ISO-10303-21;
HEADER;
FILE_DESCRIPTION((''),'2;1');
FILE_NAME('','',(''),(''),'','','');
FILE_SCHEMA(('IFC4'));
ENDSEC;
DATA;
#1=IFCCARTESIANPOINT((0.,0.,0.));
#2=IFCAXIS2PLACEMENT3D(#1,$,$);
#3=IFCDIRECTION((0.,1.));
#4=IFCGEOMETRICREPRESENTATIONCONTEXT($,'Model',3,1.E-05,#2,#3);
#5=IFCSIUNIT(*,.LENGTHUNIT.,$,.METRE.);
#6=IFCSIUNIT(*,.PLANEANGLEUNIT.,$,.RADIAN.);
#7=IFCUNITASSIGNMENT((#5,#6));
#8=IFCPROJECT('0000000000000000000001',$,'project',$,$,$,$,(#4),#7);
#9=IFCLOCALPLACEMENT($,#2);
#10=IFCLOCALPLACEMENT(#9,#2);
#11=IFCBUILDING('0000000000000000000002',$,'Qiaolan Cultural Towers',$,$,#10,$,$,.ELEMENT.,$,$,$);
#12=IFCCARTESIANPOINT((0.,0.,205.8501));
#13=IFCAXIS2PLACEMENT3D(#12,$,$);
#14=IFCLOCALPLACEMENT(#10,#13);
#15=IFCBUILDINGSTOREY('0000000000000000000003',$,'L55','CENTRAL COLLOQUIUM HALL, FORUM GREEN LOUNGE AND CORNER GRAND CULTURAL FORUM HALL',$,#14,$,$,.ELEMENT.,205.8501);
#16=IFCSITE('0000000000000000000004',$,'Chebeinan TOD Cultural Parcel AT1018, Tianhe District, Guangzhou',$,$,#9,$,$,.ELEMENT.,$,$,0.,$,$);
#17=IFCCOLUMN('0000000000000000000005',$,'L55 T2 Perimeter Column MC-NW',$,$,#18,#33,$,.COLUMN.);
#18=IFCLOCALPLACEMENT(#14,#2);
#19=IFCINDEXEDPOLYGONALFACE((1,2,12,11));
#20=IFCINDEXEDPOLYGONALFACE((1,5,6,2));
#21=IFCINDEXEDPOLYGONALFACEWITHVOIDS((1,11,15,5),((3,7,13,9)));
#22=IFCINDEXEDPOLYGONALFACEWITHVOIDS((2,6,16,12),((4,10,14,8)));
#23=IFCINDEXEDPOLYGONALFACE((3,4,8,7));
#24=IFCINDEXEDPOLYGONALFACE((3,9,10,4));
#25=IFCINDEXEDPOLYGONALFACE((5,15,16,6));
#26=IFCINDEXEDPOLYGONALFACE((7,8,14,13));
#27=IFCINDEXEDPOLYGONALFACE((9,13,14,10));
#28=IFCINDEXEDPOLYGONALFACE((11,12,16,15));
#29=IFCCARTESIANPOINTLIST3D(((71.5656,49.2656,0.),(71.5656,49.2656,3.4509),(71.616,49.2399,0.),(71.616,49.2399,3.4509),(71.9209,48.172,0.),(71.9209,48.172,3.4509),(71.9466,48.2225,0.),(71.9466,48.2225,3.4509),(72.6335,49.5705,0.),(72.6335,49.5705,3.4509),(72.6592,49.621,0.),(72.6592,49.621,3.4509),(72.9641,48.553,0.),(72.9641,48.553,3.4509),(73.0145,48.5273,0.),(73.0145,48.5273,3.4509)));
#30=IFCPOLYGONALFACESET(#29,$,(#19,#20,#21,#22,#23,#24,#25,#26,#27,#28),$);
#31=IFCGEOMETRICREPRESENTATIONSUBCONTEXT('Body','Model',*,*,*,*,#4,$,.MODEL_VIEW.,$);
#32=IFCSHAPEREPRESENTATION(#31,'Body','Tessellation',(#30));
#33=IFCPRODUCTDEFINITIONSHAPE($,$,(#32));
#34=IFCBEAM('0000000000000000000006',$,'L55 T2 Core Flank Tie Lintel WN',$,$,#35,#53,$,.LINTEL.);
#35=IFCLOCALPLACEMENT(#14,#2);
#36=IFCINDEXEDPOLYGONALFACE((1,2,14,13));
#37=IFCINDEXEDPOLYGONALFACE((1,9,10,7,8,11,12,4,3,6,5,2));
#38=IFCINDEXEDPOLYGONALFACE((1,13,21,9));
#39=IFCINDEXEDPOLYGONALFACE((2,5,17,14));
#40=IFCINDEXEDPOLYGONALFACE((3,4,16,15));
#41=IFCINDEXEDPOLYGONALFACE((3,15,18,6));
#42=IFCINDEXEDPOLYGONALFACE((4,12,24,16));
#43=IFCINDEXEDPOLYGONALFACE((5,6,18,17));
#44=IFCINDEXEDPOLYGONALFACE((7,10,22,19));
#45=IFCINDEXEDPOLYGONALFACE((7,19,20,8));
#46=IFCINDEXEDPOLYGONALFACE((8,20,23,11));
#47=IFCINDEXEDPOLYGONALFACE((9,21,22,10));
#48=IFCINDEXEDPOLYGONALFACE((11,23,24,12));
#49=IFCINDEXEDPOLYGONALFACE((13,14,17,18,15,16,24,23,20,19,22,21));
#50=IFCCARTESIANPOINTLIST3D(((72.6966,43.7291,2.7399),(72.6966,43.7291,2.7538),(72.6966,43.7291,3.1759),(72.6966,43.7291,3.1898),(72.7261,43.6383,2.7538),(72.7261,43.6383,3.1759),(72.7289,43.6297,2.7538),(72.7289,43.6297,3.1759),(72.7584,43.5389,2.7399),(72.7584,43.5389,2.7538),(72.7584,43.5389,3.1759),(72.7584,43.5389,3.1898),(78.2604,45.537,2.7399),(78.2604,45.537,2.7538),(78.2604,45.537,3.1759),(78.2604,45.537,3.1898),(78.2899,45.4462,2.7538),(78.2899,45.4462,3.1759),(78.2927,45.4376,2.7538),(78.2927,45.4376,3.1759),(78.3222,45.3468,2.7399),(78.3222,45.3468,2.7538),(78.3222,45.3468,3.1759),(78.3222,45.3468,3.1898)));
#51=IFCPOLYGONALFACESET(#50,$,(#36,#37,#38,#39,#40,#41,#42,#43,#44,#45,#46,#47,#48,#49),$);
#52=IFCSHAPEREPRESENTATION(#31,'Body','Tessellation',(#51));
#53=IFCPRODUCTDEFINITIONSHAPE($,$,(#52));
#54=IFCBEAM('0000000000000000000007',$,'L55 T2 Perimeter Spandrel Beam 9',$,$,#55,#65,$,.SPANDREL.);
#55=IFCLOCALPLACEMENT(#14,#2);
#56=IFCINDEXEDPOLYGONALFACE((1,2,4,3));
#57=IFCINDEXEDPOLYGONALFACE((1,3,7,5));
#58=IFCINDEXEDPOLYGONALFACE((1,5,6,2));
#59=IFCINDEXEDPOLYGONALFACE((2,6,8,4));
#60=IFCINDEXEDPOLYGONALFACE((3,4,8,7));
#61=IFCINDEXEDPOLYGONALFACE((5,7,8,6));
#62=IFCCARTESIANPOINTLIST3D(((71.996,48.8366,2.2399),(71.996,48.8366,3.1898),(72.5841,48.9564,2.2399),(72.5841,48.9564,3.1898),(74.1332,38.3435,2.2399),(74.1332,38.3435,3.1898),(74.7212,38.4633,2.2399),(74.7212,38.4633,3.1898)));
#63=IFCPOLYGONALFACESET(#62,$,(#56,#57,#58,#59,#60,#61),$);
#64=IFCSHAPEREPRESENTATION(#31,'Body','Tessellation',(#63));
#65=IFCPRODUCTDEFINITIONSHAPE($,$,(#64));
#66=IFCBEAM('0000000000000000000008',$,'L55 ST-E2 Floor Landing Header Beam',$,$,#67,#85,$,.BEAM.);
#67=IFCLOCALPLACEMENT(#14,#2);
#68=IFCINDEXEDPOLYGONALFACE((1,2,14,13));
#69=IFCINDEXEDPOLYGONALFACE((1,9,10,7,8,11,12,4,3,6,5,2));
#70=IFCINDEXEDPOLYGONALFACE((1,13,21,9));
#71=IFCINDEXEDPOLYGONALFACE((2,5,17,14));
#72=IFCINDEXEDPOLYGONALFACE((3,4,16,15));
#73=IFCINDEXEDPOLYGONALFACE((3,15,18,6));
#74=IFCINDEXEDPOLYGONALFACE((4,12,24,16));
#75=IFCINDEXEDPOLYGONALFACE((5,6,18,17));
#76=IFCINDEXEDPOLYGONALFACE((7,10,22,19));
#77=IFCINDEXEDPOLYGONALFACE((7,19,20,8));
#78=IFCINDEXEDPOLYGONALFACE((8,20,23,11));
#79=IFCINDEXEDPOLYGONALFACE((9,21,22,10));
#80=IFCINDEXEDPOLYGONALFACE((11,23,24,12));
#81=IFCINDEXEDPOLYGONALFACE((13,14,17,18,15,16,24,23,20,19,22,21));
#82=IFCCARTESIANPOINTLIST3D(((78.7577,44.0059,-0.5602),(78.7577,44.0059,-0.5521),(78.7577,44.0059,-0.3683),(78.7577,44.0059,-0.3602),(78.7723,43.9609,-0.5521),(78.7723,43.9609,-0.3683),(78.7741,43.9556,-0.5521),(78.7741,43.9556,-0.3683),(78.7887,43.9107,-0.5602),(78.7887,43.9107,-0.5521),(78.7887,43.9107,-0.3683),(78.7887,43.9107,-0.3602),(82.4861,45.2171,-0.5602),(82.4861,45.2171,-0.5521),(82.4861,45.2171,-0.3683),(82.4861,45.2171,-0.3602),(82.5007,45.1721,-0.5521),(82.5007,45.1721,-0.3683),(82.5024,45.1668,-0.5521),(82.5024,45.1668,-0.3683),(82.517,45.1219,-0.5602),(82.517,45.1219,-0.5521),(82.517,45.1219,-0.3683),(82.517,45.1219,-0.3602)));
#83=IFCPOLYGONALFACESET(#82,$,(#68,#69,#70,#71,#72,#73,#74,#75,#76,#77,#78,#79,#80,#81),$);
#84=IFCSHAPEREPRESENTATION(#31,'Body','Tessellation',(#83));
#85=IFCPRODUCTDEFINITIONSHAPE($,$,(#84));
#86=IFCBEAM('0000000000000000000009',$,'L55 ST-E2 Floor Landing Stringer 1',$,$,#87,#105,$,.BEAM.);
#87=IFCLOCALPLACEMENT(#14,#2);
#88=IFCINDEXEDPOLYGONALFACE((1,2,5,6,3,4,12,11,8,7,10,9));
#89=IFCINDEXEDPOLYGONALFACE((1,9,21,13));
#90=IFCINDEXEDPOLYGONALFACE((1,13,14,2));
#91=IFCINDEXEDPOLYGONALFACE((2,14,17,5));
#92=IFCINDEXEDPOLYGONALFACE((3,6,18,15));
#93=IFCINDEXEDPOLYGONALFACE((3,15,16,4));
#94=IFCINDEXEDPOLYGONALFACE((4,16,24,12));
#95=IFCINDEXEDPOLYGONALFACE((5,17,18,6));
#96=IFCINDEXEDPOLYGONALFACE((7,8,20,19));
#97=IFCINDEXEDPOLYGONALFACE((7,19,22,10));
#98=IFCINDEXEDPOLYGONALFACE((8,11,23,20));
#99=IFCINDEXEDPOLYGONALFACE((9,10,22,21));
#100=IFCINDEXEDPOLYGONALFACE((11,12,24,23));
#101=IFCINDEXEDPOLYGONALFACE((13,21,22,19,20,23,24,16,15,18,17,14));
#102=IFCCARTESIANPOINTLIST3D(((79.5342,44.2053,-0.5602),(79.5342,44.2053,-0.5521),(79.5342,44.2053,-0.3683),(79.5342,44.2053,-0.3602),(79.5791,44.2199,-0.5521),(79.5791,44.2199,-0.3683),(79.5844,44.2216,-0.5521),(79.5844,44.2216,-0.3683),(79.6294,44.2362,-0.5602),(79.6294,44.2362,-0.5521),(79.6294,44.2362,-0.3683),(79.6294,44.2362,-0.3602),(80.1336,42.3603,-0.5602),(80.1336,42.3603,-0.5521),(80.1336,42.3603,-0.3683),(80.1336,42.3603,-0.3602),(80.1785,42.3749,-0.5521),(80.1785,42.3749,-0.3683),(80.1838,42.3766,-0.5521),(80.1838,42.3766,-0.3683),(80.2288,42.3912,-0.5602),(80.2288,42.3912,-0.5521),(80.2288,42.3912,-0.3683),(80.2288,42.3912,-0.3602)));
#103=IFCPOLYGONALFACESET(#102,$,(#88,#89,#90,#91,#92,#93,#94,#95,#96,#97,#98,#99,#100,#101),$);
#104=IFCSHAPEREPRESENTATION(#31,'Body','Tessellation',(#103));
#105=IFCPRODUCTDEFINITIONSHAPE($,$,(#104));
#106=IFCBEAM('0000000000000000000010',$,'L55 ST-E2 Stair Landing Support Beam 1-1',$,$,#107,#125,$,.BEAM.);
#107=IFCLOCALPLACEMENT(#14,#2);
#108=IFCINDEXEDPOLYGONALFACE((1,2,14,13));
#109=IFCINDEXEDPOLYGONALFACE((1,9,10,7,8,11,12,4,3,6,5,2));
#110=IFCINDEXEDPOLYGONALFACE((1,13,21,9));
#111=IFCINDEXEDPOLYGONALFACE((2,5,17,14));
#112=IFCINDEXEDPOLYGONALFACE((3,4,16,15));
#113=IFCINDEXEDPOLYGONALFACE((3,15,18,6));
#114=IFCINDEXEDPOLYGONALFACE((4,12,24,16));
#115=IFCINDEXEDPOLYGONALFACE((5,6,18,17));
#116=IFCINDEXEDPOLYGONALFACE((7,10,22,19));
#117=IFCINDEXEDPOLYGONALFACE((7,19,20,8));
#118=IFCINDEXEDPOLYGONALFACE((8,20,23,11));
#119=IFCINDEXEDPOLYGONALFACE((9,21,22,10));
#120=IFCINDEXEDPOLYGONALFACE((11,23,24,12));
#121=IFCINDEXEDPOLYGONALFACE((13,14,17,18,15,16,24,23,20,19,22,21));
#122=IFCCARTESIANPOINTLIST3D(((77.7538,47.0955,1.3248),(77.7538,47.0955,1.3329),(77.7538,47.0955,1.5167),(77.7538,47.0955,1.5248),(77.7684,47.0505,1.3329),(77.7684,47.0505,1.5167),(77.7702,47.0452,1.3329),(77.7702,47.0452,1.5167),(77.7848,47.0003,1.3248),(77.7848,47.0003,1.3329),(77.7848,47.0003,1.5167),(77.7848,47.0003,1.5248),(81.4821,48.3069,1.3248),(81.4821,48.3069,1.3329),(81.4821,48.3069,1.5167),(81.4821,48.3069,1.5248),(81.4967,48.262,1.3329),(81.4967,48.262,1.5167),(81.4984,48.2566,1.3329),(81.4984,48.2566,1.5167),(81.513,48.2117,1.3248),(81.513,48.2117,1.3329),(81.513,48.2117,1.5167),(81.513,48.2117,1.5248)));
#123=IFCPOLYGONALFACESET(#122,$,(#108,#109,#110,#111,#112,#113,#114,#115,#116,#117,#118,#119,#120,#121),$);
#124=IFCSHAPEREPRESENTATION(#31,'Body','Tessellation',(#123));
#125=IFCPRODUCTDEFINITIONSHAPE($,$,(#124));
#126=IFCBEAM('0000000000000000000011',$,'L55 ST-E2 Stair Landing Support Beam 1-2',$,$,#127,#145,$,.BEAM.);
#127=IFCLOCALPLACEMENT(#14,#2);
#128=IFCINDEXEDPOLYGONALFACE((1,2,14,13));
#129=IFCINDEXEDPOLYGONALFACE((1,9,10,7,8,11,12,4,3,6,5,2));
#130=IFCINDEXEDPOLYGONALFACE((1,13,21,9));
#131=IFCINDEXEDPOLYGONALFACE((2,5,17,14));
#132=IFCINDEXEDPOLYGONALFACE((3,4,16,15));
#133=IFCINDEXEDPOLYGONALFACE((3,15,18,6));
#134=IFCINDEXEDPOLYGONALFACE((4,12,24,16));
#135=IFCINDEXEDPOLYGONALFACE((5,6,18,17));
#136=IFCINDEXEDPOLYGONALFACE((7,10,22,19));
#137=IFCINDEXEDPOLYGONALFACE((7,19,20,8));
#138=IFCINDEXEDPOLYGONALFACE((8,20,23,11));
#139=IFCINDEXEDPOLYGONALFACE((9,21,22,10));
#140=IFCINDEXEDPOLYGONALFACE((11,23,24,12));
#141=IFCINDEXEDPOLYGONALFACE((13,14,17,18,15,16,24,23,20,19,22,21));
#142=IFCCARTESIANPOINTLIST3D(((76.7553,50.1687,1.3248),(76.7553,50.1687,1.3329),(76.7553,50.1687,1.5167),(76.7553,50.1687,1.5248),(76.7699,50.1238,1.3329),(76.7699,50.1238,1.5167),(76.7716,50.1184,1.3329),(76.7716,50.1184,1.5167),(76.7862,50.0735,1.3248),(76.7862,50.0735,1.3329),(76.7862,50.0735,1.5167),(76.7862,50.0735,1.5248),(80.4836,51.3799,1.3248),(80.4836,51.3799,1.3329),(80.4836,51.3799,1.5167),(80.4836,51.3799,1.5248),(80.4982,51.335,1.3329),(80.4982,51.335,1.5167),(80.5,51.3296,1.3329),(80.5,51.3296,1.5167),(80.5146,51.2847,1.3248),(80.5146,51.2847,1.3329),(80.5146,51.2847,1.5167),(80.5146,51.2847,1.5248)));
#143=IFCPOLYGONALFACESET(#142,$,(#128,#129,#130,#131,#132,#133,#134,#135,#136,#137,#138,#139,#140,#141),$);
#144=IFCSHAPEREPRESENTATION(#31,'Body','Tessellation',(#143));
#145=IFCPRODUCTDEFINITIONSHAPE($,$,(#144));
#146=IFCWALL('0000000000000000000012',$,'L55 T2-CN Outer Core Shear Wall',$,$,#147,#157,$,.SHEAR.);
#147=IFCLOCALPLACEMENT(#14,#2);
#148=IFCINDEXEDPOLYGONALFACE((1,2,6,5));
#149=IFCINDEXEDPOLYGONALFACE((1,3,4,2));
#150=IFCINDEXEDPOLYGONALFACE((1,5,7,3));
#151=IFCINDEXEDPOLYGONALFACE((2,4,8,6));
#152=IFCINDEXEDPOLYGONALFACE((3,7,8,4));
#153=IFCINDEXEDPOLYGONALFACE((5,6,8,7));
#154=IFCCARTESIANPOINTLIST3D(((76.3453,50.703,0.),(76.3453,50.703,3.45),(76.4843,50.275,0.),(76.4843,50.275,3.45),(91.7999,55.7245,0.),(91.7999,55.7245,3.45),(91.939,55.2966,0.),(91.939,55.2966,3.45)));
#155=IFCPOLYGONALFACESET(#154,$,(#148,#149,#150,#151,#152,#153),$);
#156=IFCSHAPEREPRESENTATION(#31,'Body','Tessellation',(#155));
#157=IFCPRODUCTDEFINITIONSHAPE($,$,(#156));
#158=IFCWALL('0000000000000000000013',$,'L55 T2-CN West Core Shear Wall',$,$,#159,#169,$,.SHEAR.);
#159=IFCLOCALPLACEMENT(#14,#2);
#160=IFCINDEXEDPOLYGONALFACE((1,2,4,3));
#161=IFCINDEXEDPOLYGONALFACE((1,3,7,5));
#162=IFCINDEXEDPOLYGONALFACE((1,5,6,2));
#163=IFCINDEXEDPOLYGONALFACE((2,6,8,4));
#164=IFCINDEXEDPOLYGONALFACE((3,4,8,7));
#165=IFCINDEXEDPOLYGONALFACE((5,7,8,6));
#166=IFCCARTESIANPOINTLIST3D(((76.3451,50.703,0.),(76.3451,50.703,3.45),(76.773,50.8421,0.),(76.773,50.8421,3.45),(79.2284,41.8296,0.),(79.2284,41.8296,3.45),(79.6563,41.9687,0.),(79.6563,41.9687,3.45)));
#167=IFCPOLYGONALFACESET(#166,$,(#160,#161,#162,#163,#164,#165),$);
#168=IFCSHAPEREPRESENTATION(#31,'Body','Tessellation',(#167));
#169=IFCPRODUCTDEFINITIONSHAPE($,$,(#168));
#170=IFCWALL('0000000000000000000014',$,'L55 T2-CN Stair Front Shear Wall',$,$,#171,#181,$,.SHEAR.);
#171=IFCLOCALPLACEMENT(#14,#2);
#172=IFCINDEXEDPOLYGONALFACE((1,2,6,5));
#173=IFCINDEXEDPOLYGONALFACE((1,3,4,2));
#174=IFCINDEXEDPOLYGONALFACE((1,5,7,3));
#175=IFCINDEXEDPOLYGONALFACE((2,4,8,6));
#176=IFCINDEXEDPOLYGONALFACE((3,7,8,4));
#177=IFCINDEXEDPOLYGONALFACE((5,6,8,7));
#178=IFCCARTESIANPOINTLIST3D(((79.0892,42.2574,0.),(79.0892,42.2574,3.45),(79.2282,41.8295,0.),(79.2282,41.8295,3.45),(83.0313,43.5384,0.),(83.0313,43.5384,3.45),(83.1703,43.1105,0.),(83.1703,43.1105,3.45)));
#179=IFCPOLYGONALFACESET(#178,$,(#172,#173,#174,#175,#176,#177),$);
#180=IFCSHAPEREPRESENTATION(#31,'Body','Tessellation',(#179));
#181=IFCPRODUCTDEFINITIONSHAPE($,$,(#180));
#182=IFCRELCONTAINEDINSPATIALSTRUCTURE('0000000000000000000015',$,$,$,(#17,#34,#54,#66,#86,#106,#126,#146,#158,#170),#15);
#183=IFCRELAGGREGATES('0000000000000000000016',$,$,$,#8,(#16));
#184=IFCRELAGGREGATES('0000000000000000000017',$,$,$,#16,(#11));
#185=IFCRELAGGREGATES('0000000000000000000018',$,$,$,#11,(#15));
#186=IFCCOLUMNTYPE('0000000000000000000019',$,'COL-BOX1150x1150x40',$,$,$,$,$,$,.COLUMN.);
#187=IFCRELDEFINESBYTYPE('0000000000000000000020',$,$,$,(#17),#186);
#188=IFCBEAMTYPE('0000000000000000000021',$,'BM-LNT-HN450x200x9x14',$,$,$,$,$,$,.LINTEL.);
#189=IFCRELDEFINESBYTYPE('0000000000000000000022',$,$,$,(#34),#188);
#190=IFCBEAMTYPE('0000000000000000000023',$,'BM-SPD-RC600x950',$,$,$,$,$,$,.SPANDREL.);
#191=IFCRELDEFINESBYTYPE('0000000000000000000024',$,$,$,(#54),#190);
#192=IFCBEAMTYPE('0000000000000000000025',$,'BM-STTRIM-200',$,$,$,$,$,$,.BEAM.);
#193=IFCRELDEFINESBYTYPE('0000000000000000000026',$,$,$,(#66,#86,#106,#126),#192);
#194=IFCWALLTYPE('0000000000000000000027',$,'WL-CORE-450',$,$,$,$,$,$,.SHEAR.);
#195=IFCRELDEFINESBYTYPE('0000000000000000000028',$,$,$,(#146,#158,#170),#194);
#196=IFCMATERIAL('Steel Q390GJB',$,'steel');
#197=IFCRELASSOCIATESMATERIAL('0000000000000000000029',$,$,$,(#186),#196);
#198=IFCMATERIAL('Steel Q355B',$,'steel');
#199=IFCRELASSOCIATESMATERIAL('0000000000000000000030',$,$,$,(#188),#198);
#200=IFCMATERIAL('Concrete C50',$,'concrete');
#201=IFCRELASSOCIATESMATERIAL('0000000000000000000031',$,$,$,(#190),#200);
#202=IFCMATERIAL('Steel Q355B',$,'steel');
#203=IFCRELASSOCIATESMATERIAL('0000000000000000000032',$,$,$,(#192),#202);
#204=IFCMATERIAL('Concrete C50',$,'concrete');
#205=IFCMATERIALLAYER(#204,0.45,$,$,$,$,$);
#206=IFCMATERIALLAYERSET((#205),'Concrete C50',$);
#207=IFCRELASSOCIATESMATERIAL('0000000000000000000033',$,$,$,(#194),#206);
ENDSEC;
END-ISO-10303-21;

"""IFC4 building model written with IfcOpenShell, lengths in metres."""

from ifc_helpers import new_model, si_unit, direction, frame, frame_2d, origin, origin_2d, place, context, subcontext, project, spatial, rectangle, hollow_rectangle, i_section, extrude, material, layer, layer_set, material_profile, profile_set, type_object, element, save


model = new_model("IFC4")

# Units and contexts
model_context = context("Model", 3, precision=1e-05, world=origin(), true_north=direction((0.0, 1.0)))
body_context = subcontext(model_context, "Body", "Model", "MODEL_VIEW")
ifc_project = project(units=[si_unit("LENGTHUNIT", "METRE"), si_unit("PLANEANGLEUNIT", "RADIAN")], contexts=[model_context])

# Site, building, storey
site_placement = place(None, origin())
site = spatial("IfcSite", under=ifc_project, at=site_placement, Name="Chebeinan TOD Cultural Parcel AT1018, Tianhe District, Guangzhou", CompositionType="ELEMENT", RefElevation=0.0)
building_placement = place(site_placement, origin())
building = spatial("IfcBuilding", under=site, at=building_placement, Name="Qiaolan Cultural Towers", CompositionType="ELEMENT")
storey_placement = place(building_placement, frame((0.0, 0.0, 205.8501)))
storey = spatial("IfcBuildingStorey", under=building, at=storey_placement, Name="L55", Description="CENTRAL COLLOQUIUM HALL, FORUM GREEN LOUNGE AND CORNER GRAND CULTURAL FORUM HALL", CompositionType="ELEMENT", Elevation=205.8501)

# Column
ifc_material_1 = material(Name="Steel Q390GJB", Category="steel")
ifc_material_profile_1 = material_profile(ifc_material_1, hollow_rectangle(XDim=1.1499, YDim=1.1499, WallThickness=0.04, at=origin_2d()), Name="BOX1150x1150x40")
ifc_profile_set_1 = profile_set([ifc_material_profile_1], Name="Steel Q390GJB")
column_type = type_object("IfcColumnType", Name="COL-BOX1150x1150x40", PredefinedType="COLUMN", material=ifc_profile_set_1)
column_placement = place(storey_placement, frame((72.29, 48.8965, 0.0), z_axis=(0.0, 0.0, 1.0), x_axis=(0.951057, 0.309017, 0.0)))
element("IfcColumn", 1, at=column_placement, inside=storey, type_object=column_type, Name="L55 T2 Perimeter Column MC-NW", PredefinedType="COLUMN", context=body_context, shape_type="SweptSolid", body=[
    extrude(hollow_rectangle(XDim=1.1499, YDim=1.1499, WallThickness=0.04, at=origin_2d()), origin(), (0.0, 0.0, 1.0), 3.4509),
])

# Beams
ifc_material_2 = material(Name="Steel Q355B", Category="steel")
ifc_material_profile_2 = material_profile(ifc_material_2, i_section(OverallWidth=0.2, OverallDepth=0.45, WebThickness=0.009, FlangeThickness=0.0139, at=origin_2d()), Name="HN450x200x9x14")
ifc_profile_set_2 = profile_set([ifc_material_profile_2], Name="Steel Q355B")
beam_type_1 = type_object("IfcBeamType", Name="BM-LNT-HN450x200x9x14", PredefinedType="LINTEL", material=ifc_profile_set_2)
beam_1_placement = place(storey_placement, frame((78.2913, 45.4419, 2.9648), z_axis=(-0.951052, -0.309032, 0.0), x_axis=(0.309032, -0.951052, 0.0)))
element("IfcBeam", 2, at=beam_1_placement, inside=storey, type_object=beam_type_1, Name="L55 T2 Core Flank Tie Lintel WN", PredefinedType="LINTEL", context=body_context, shape_type="SweptSolid", body=[
    extrude(i_section(OverallWidth=0.2, OverallDepth=0.45, WebThickness=0.009, FlangeThickness=0.0139, at=origin_2d()), origin(), (0.0, 0.0, 1.0), 5.8501),
])
ifc_material_3 = material(Name="Concrete C50", Category="concrete")
ifc_material_profile_3 = material_profile(ifc_material_3, rectangle(XDim=0.6001, YDim=0.95, at=origin_2d()), Name="RC600x950")
ifc_profile_set_3 = profile_set([ifc_material_profile_3], Name="Concrete C50")
beam_type_2 = type_object("IfcBeamType", Name="BM-SPD-RC600x950", PredefinedType="SPANDREL", material=ifc_profile_set_3)
beam_2_placement = place(storey_placement, frame((72.29, 48.8965, 2.7148), z_axis=(0.199579, -0.979882, 0.0), x_axis=(0.979882, 0.199579, 0.0)))
element("IfcBeam", 3, at=beam_2_placement, inside=storey, type_object=beam_type_2, Name="L55 T2 Perimeter Spandrel Beam 9", PredefinedType="SPANDREL", context=body_context, shape_type="SweptSolid", body=[
    extrude(rectangle(XDim=0.6001, YDim=0.95, at=origin_2d()), origin(), (0.0, 0.0, 1.0), 10.7085),
])
ifc_material_4 = material(Name="Steel Q355B", Category="steel")
ifc_material_profile_4 = material_profile(ifc_material_4, i_section(OverallWidth=0.1001, OverallDepth=0.2, WebThickness=0.0056, FlangeThickness=0.0081, at=origin_2d()), Name="HN200x100x5.5x8")
ifc_profile_set_4 = profile_set([ifc_material_profile_4], Name="Steel Q355B")
beam_type_3 = type_object("IfcBeamType", Name="BM-STTRIM-200", PredefinedType="BEAM", material=ifc_profile_set_4)
beam_3_placement = place(storey_placement, frame((78.7732, 43.9583, -0.4602), z_axis=(0.951072, 0.308969, 0.0), x_axis=(-0.308969, 0.951072, 0.0)))
element("IfcBeam", 4, at=beam_3_placement, inside=storey, type_object=beam_type_3, Name="L55 ST-E2 Floor Landing Header Beam", PredefinedType="BEAM", context=body_context, shape_type="SweptSolid", body=[
    extrude(i_section(OverallWidth=0.1001, OverallDepth=0.2, WebThickness=0.0056, FlangeThickness=0.0081, at=origin_2d()), origin(), (0.0, 0.0, 1.0), 3.9202),
])
beam_4_placement = place(storey_placement, frame((80.1812, 42.3757, -0.4602), z_axis=(-0.308969, 0.951072, 0.0), x_axis=(-0.951072, -0.308969, 0.0)))
element("IfcBeam", 5, at=beam_4_placement, inside=storey, type_object=beam_type_3, Name="L55 ST-E2 Floor Landing Stringer 1", PredefinedType="BEAM", context=body_context, shape_type="SweptSolid", body=[
    extrude(i_section(OverallWidth=0.1001, OverallDepth=0.2, WebThickness=0.0056, FlangeThickness=0.0081, at=origin_2d()), origin(), (0.0, 0.0, 1.0), 1.9399),
])
for number, where, z_axis, x_axis, name in (
    (6, (77.7693, 47.0479, 1.4248), (0.951054, 0.309026, 0.0), (-0.309026, 0.951054, 0.0), "L55 ST-E2 Stair Landing Support Beam 1-1"),
    (7, (76.7708, 50.1211, 1.4248), (0.951072, 0.308969, 0.0), (-0.308969, 0.951072, 0.0), "L55 ST-E2 Stair Landing Support Beam 1-2"),
):
    element("IfcBeam", number, at=place(storey_placement, frame(where, z_axis=z_axis, x_axis=x_axis)), inside=storey, type_object=beam_type_3, Name=name, PredefinedType="BEAM", context=body_context, shape_type="SweptSolid", body=[
        extrude(i_section(OverallWidth=0.1001, OverallDepth=0.2, WebThickness=0.0056, FlangeThickness=0.0081, at=origin_2d()), origin(), (0.0, 0.0, 1.0), 3.9202),
    ])

# Walls
ifc_material_5 = material(Name="Concrete C50", Category="concrete")
ifc_layer_1 = layer(ifc_material_5, 0.45)
ifc_layer_set_1 = layer_set([ifc_layer_1], Name="Concrete C50")
wall_type_1 = type_object("IfcWallType", Name="WL-CORE-450", PredefinedType="SHEAR", material=ifc_layer_set_1)
wall_1_placement = place(storey_placement, frame((76.4148, 50.489, 0.0), z_axis=(0.0, 0.0, 1.0), x_axis=(0.951057, 0.309016, 0.0)))
element("IfcWall", 8, at=wall_1_placement, inside=storey, type_object=wall_type_1, Name="L55 T2-CN Outer Core Shear Wall", PredefinedType="SHEAR", context=body_context, shape_type="SweptSolid", body=[
    extrude(rectangle(XDim=16.25, YDim=0.45, at=frame_2d((8.125, 0.0))), origin(), (0.0, 0.0, 1.0), 3.45),
])
wall_2_placement = place(storey_placement, frame((79.4424, 41.8992, 0.0), z_axis=(0.0, 0.0, 1.0), x_axis=(-0.309036, 0.95105, 0.0)))
element("IfcWall", 9, at=wall_2_placement, inside=storey, type_object=wall_type_1, Name="L55 T2-CN West Core Shear Wall", PredefinedType="SHEAR", context=body_context, shape_type="SweptSolid", body=[
    extrude(rectangle(XDim=9.3301, YDim=0.45, at=frame_2d((4.665, 0.0))), origin(), (0.0, 0.0, 1.0), 3.45),
])
wall_3_placement = place(storey_placement, frame((79.1587, 42.0435, 0.0), z_axis=(0.0, 0.0, 1.0), x_axis=(0.951047, 0.309045, 0.0)))
element("IfcWall", 10, at=wall_3_placement, inside=storey, type_object=wall_type_1, Name="L55 T2-CN Stair Front Shear Wall", PredefinedType="SHEAR", context=body_context, shape_type="SweptSolid", body=[
    extrude(rectangle(XDim=4.145, YDim=0.45, at=frame_2d((2.0725, 0.0))), origin(), (0.0, 0.0, 1.0), 3.45),
])

save(model, "model.ifc")
